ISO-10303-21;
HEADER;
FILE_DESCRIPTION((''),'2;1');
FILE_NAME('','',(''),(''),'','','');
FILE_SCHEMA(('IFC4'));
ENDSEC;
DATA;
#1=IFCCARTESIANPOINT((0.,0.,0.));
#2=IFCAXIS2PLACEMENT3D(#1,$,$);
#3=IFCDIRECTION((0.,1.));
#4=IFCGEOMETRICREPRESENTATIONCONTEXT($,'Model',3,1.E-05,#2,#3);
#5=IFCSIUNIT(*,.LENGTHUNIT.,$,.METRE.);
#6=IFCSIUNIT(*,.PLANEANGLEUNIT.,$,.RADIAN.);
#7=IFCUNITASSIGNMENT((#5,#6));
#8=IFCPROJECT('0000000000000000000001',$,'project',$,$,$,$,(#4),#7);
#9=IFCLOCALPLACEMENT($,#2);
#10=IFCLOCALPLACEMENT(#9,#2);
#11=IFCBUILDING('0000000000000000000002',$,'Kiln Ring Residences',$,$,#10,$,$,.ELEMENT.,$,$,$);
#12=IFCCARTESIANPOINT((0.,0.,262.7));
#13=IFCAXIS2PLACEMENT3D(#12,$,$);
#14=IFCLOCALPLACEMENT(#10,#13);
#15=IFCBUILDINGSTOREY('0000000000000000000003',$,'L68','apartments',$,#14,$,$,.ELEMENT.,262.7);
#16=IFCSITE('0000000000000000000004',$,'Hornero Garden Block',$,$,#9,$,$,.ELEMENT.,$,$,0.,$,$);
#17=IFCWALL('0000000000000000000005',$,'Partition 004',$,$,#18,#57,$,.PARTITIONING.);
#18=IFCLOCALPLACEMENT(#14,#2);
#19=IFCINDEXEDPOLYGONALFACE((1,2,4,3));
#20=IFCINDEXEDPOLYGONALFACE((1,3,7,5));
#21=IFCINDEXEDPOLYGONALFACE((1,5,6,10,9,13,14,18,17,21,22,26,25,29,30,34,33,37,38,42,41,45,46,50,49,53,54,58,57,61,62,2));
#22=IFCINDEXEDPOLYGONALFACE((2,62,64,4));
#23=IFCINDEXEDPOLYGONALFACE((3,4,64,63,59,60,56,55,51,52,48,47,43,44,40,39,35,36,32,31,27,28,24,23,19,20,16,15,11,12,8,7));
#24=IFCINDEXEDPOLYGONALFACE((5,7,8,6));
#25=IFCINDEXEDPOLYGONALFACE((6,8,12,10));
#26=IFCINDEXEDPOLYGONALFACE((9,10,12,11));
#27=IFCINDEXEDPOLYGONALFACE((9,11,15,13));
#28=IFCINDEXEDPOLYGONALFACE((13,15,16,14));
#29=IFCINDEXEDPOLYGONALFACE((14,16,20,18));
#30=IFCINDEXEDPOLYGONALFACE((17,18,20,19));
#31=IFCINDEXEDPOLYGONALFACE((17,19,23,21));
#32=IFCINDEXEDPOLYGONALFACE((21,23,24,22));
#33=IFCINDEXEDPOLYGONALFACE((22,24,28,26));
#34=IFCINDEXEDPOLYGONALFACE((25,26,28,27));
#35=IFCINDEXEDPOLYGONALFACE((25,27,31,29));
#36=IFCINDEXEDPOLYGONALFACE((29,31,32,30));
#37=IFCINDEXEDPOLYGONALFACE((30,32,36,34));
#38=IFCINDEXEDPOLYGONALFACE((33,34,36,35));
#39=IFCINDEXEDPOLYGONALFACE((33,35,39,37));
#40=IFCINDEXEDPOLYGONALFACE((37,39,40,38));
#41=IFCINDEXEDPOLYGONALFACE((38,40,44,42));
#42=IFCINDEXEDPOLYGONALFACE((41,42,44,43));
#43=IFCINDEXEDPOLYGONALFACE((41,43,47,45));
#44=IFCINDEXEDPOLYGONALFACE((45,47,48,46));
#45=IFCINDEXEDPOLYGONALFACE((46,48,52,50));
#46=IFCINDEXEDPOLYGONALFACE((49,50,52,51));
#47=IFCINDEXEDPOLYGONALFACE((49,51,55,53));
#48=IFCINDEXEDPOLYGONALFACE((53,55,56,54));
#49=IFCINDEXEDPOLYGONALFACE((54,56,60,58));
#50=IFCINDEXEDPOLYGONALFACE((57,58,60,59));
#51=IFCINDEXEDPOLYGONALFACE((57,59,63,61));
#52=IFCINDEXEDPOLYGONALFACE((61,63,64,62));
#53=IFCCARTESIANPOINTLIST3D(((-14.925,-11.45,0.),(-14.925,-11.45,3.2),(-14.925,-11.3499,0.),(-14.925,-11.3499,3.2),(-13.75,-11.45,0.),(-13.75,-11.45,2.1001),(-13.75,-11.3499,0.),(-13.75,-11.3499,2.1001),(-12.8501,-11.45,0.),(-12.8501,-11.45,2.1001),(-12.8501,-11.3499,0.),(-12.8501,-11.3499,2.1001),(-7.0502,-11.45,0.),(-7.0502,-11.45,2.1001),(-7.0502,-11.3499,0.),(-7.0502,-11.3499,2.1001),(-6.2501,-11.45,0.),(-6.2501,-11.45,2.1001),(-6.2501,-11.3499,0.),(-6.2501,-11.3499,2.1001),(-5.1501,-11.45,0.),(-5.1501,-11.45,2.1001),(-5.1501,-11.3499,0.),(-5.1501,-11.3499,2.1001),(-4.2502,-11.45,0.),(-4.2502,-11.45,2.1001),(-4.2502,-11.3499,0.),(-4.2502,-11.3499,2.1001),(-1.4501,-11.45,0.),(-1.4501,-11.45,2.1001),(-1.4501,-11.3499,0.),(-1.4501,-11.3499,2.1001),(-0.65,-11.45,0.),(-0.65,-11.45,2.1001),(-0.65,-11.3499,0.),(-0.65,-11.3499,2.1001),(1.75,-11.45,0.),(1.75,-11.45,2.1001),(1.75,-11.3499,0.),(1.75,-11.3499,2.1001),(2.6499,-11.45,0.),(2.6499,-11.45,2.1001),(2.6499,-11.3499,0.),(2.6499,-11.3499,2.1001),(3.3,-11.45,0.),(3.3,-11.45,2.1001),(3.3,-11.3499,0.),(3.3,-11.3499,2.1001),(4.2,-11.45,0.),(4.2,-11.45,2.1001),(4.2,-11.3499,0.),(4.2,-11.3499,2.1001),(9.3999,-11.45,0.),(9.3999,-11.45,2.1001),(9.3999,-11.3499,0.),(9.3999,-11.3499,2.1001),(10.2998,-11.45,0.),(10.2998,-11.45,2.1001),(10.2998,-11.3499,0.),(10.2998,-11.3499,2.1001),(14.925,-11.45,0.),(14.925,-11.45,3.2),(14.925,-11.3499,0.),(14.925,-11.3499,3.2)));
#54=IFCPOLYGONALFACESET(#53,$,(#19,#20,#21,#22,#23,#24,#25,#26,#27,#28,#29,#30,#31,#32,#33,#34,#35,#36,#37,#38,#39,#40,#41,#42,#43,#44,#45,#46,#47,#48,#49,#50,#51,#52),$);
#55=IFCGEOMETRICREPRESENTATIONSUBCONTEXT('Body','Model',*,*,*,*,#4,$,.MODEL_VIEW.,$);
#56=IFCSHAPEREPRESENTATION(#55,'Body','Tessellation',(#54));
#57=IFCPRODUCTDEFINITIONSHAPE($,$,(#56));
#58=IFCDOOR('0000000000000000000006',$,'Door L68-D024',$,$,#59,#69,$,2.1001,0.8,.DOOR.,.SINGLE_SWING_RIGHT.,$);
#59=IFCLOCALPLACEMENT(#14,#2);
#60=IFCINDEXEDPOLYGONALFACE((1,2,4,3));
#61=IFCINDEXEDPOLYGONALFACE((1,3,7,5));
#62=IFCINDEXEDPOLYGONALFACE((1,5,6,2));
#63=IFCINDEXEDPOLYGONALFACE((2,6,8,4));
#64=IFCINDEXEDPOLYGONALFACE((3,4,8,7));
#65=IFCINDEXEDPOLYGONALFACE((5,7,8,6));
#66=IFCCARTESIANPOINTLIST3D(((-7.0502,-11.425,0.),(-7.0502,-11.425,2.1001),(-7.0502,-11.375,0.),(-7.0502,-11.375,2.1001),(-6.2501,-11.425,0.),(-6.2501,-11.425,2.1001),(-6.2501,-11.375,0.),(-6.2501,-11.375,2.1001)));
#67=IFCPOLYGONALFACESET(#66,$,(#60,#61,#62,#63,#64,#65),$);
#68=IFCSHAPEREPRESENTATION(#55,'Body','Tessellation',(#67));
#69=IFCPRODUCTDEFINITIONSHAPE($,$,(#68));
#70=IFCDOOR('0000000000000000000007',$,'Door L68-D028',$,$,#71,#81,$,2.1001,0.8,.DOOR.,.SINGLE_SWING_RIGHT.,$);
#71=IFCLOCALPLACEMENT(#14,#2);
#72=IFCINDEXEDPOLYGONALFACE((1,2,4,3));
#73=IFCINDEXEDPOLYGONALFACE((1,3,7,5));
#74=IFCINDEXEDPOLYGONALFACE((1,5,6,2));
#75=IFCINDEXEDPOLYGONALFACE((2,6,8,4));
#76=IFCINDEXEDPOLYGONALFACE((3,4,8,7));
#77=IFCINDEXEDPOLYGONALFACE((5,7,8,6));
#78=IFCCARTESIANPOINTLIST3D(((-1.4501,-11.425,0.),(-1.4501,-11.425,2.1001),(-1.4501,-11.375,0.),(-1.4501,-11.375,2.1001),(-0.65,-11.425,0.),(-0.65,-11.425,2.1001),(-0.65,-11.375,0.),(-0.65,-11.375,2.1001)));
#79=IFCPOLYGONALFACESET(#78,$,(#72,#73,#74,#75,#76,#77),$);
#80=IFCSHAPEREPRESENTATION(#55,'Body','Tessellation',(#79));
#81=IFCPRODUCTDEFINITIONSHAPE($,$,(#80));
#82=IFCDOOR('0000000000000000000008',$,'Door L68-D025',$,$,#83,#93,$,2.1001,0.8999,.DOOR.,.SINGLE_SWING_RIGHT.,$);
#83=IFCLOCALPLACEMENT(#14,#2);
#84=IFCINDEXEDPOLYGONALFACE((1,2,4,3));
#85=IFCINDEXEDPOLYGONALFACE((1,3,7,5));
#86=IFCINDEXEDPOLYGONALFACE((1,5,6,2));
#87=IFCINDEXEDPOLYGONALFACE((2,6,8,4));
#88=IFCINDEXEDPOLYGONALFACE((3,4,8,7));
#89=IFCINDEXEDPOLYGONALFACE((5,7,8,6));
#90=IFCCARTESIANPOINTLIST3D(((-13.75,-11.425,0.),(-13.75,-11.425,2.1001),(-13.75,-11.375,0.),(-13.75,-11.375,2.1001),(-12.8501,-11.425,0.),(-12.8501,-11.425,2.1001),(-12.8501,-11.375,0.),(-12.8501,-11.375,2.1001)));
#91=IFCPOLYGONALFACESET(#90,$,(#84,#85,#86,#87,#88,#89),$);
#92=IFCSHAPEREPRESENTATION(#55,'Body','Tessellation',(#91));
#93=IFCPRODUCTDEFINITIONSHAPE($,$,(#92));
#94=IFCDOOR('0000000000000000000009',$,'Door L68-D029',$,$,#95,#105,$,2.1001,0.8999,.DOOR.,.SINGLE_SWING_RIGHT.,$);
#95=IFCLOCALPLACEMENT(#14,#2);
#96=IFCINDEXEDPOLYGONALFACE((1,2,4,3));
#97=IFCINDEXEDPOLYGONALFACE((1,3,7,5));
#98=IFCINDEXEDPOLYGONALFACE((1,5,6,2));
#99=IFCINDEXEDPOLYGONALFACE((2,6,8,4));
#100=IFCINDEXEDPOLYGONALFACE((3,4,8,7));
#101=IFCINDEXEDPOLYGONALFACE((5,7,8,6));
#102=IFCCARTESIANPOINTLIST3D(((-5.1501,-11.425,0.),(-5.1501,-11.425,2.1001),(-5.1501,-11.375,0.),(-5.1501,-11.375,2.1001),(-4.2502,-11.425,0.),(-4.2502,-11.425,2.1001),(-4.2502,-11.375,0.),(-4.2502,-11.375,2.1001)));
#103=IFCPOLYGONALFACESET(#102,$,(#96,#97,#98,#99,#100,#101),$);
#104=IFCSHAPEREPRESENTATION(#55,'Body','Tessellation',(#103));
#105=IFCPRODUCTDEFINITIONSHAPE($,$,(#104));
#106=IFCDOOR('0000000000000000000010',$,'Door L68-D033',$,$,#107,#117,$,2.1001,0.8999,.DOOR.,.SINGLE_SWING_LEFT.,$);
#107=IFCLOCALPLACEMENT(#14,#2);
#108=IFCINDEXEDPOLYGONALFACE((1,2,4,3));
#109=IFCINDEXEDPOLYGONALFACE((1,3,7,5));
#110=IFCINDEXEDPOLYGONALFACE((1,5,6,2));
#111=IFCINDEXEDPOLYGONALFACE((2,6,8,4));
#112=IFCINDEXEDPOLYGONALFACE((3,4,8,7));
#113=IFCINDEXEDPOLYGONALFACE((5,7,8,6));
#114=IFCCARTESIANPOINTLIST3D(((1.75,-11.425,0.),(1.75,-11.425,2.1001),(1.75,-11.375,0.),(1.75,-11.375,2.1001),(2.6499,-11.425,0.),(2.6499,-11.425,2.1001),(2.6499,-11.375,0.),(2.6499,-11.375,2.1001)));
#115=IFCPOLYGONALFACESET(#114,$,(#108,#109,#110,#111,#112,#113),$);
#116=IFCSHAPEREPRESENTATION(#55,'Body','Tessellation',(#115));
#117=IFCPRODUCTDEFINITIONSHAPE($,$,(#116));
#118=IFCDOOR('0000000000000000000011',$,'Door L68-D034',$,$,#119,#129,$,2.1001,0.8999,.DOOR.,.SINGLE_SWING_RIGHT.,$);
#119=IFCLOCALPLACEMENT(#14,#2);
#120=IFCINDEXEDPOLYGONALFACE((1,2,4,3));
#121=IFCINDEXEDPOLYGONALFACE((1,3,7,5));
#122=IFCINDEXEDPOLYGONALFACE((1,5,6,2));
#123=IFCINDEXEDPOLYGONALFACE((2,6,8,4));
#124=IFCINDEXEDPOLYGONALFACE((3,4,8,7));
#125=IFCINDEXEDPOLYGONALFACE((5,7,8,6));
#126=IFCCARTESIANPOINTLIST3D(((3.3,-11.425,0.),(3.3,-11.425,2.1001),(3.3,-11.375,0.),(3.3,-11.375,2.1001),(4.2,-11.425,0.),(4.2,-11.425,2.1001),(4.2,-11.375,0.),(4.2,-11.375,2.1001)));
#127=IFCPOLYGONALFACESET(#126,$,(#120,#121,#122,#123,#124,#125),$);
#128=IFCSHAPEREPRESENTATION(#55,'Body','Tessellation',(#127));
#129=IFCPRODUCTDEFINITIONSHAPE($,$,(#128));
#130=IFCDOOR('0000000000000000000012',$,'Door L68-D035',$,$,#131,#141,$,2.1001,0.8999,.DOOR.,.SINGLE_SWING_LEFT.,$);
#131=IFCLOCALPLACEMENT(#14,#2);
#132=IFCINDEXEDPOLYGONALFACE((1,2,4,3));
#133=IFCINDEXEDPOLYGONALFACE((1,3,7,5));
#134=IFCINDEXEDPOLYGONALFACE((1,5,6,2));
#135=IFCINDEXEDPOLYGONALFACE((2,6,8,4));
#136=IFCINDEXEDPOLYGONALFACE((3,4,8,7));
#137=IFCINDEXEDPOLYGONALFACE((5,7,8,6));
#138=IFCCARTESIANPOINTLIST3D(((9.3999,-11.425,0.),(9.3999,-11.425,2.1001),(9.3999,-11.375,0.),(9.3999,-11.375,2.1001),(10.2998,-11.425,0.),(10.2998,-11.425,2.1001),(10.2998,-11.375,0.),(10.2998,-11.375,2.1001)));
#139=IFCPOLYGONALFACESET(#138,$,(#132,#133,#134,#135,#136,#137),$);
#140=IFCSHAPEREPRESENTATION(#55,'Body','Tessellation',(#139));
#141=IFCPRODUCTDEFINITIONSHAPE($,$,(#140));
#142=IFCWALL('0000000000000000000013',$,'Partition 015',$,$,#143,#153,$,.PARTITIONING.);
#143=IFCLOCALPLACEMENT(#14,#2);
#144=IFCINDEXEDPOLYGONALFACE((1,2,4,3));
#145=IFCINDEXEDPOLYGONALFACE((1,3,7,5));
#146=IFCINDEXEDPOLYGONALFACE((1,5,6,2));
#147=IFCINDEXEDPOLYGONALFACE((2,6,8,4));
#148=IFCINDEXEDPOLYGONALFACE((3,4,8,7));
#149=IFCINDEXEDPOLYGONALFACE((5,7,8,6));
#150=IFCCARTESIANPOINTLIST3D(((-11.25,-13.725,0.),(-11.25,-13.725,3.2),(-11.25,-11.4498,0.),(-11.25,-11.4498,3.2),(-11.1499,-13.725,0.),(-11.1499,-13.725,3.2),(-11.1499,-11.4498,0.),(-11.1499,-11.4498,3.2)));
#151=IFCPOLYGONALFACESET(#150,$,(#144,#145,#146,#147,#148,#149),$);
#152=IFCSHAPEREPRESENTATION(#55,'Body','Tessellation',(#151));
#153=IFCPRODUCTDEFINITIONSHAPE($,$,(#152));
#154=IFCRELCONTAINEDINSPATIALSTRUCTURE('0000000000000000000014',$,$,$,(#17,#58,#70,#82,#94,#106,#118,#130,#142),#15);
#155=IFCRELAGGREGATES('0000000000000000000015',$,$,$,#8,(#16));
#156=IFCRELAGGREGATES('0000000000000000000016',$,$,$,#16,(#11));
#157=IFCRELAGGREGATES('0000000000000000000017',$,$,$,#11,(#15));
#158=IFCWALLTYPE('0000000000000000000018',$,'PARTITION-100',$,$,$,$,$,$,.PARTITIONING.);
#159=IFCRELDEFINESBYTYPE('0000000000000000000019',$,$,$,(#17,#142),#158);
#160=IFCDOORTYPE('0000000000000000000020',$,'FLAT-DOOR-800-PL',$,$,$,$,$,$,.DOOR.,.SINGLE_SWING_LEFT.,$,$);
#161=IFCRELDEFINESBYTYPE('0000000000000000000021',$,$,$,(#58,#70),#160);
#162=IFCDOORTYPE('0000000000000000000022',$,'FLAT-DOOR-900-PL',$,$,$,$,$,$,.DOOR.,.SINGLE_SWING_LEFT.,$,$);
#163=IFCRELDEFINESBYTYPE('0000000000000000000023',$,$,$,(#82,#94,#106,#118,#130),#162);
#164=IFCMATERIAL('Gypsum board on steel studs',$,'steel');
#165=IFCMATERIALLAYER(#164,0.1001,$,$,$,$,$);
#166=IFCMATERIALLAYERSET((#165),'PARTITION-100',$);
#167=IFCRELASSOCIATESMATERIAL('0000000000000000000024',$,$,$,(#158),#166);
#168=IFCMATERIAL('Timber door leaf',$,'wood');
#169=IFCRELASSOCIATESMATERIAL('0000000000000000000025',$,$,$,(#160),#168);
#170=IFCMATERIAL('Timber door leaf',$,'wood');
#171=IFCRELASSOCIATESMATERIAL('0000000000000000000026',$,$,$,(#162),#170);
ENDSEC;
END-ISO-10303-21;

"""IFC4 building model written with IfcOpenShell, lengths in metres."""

from ifc_helpers import new_model, si_unit, direction, frame, frame_2d, origin, place, context, subcontext, project, spatial, rectangle, extrude, material, layer, layer_set, type_object, element, fill, save


model = new_model("IFC4")

# Units and contexts
model_context = context("Model", 3, precision=1e-05, world=origin(), true_north=direction((0.0, 1.0)))
body_context = subcontext(model_context, "Body", "Model", "MODEL_VIEW")
ifc_project = project(units=[si_unit("LENGTHUNIT", "METRE"), si_unit("PLANEANGLEUNIT", "RADIAN")], contexts=[model_context])

# Site, building, storey
site_placement = place(None, origin())
site = spatial("IfcSite", under=ifc_project, at=site_placement, Name="Hornero Garden Block", CompositionType="ELEMENT", RefElevation=0.0)
building_placement = place(site_placement, origin())
building = spatial("IfcBuilding", under=site, at=building_placement, Name="Kiln Ring Residences", CompositionType="ELEMENT")
storey_placement = place(building_placement, frame((0.0, 0.0, 262.7)))
storey = spatial("IfcBuildingStorey", under=building, at=storey_placement, Name="L68", Description="apartments", CompositionType="ELEMENT", Elevation=262.7)

# Wall, openings, doors
ifc_material_1 = material(Name="Gypsum board on steel studs", Category="steel")
ifc_layer_1 = layer(ifc_material_1, 0.1001)
ifc_layer_set_1 = layer_set([ifc_layer_1], Name="PARTITION-100")
wall_type_1 = type_object("IfcWallType", Name="PARTITION-100", PredefinedType="PARTITIONING", material=ifc_layer_set_1)
wall_1_placement = place(storey_placement, frame((-14.925, -11.3999, 0.0), z_axis=(0.0, 0.0, 1.0), x_axis=(1.0, 0.0, 0.0)))
wall_1 = element("IfcWall", 1, at=wall_1_placement, inside=storey, type_object=wall_type_1, Name="Partition 004", PredefinedType="PARTITIONING", context=body_context, shape_type="SweptSolid", body=[
    extrude(rectangle(XDim=29.8501, YDim=0.1001, at=frame_2d((14.925, 0.0))), origin(), (0.0, 0.0, 1.0), 3.2),
])
opening_1_placement = place(wall_1_placement, frame((7.875, 0.0, 0.0)))
opening_1 = element("IfcOpeningElement", 2, at=opening_1_placement, cuts=wall_1, PredefinedType="OPENING", context=body_context, shape_type="SweptSolid", body=[
    extrude(rectangle(XDim=0.8, YDim=2.1001, at=frame_2d((0.3999, 1.05))), frame((0.0, 0.0601, 0.0), z_axis=(0.0, -1.0, 0.0), x_axis=(1.0, 0.0, 0.0)), (0.0, 0.0, 1.0), 0.1201),
])
opening_2_placement = place(wall_1_placement, frame((1.175, 0.0, 0.0)))
opening_2 = element("IfcOpeningElement", 3, at=opening_2_placement, cuts=wall_1, PredefinedType="OPENING", context=body_context, shape_type="SweptSolid", body=[
    extrude(rectangle(XDim=0.8999, YDim=2.1001, at=frame_2d((0.45, 1.05))), frame((0.0, 0.0601, 0.0), z_axis=(0.0, -1.0, 0.0), x_axis=(1.0, 0.0, 0.0)), (0.0, 0.0, 1.0), 0.1201),
])
opening_3_placement = place(wall_1_placement, frame((13.4751, 0.0, 0.0)))
opening_3 = element("IfcOpeningElement", 4, at=opening_3_placement, cuts=wall_1, PredefinedType="OPENING", context=body_context, shape_type="SweptSolid", body=[
    extrude(rectangle(XDim=0.8, YDim=2.1001, at=frame_2d((0.3999, 1.05))), frame((0.0, 0.0601, 0.0), z_axis=(0.0, -1.0, 0.0), x_axis=(1.0, 0.0, 0.0)), (0.0, 0.0, 1.0), 0.1201),
])
opening_4_placement = place(wall_1_placement, frame((9.7749, 0.0, 0.0)))
opening_4 = element("IfcOpeningElement", 5, at=opening_4_placement, cuts=wall_1, PredefinedType="OPENING", context=body_context, shape_type="SweptSolid", body=[
    extrude(rectangle(XDim=0.8999, YDim=2.1001, at=frame_2d((0.45, 1.05))), frame((0.0, 0.0601, 0.0), z_axis=(0.0, -1.0, 0.0), x_axis=(1.0, 0.0, 0.0)), (0.0, 0.0, 1.0), 0.1201),
])
opening_5_placement = place(wall_1_placement, frame((16.675, 0.0, 0.0)))
opening_5 = element("IfcOpeningElement", 6, at=opening_5_placement, cuts=wall_1, PredefinedType="OPENING", context=body_context, shape_type="SweptSolid", body=[
    extrude(rectangle(XDim=0.8999, YDim=2.1001, at=frame_2d((0.45, 1.05))), frame((0.0, 0.0601, 0.0), z_axis=(0.0, -1.0, 0.0), x_axis=(1.0, 0.0, 0.0)), (0.0, 0.0, 1.0), 0.1201),
])
opening_6_placement = place(wall_1_placement, frame((18.2251, 0.0, 0.0)))
opening_6 = element("IfcOpeningElement", 7, at=opening_6_placement, cuts=wall_1, PredefinedType="OPENING", context=body_context, shape_type="SweptSolid", body=[
    extrude(rectangle(XDim=0.8999, YDim=2.1001, at=frame_2d((0.45, 1.05))), frame((0.0, 0.0601, 0.0), z_axis=(0.0, -1.0, 0.0), x_axis=(1.0, 0.0, 0.0)), (0.0, 0.0, 1.0), 0.1201),
])
opening_7_placement = place(wall_1_placement, frame((24.325, 0.0, 0.0)))
opening_7 = element("IfcOpeningElement", 8, at=opening_7_placement, cuts=wall_1, PredefinedType="OPENING", context=body_context, shape_type="SweptSolid", body=[
    extrude(rectangle(XDim=0.8999, YDim=2.1001, at=frame_2d((0.45, 1.05))), frame((0.0, 0.0601, 0.0), z_axis=(0.0, -1.0, 0.0), x_axis=(1.0, 0.0, 0.0)), (0.0, 0.0, 1.0), 0.1201),
])
ifc_material_2 = material(Name="Timber door leaf", Category="wood")
door_type_1 = type_object("IfcDoorType", Name="FLAT-DOOR-800-PL", OperationType="SINGLE_SWING_LEFT", PredefinedType="DOOR", material=ifc_material_2)
door_1_placement = place(opening_1_placement, origin())
door_1 = element("IfcDoor", 9, at=door_1_placement, inside=storey, type_object=door_type_1, Name="Door L68-D024", OperationType="SINGLE_SWING_RIGHT", OverallHeight=2.1001, OverallWidth=0.8, PredefinedType="DOOR", context=body_context, shape_type="SweptSolid", body=[
    extrude(rectangle(XDim=0.8, YDim=2.1001, at=frame_2d((0.3999, 1.05))), frame((0.0, 0.0249, 0.0), z_axis=(0.0, -1.0, 0.0), x_axis=(1.0, 0.0, 0.0)), (0.0, 0.0, 1.0), 0.05),
])
fill(opening_1, door_1)
door_2_placement = place(opening_3_placement, origin())
door_2 = element("IfcDoor", 10, at=door_2_placement, inside=storey, type_object=door_type_1, Name="Door L68-D028", OperationType="SINGLE_SWING_RIGHT", OverallHeight=2.1001, OverallWidth=0.8, PredefinedType="DOOR", context=body_context, shape_type="SweptSolid", body=[
    extrude(rectangle(XDim=0.8, YDim=2.1001, at=frame_2d((0.3999, 1.05))), frame((0.0, 0.0249, 0.0), z_axis=(0.0, -1.0, 0.0), x_axis=(1.0, 0.0, 0.0)), (0.0, 0.0, 1.0), 0.05),
])
fill(opening_3, door_2)
ifc_material_3 = material(Name="Timber door leaf", Category="wood")
door_type_2 = type_object("IfcDoorType", Name="FLAT-DOOR-900-PL", OperationType="SINGLE_SWING_LEFT", PredefinedType="DOOR", material=ifc_material_3)
door_3_placement = place(opening_2_placement, origin())
door_3 = element("IfcDoor", 11, at=door_3_placement, inside=storey, type_object=door_type_2, Name="Door L68-D025", OperationType="SINGLE_SWING_RIGHT", OverallHeight=2.1001, OverallWidth=0.8999, PredefinedType="DOOR", context=body_context, shape_type="SweptSolid", body=[
    extrude(rectangle(XDim=0.8999, YDim=2.1001, at=frame_2d((0.45, 1.05))), frame((0.0, 0.0249, 0.0), z_axis=(0.0, -1.0, 0.0), x_axis=(1.0, 0.0, 0.0)), (0.0, 0.0, 1.0), 0.05),
])
fill(opening_2, door_3)
door_4_placement = place(opening_4_placement, origin())
door_4 = element("IfcDoor", 12, at=door_4_placement, inside=storey, type_object=door_type_2, Name="Door L68-D029", OperationType="SINGLE_SWING_RIGHT", OverallHeight=2.1001, OverallWidth=0.8999, PredefinedType="DOOR", context=body_context, shape_type="SweptSolid", body=[
    extrude(rectangle(XDim=0.8999, YDim=2.1001, at=frame_2d((0.45, 1.05))), frame((0.0, 0.0249, 0.0), z_axis=(0.0, -1.0, 0.0), x_axis=(1.0, 0.0, 0.0)), (0.0, 0.0, 1.0), 0.05),
])
fill(opening_4, door_4)
door_5_placement = place(opening_5_placement, origin())
door_5 = element("IfcDoor", 13, at=door_5_placement, inside=storey, type_object=door_type_2, Name="Door L68-D033", OperationType="SINGLE_SWING_LEFT", OverallHeight=2.1001, OverallWidth=0.8999, PredefinedType="DOOR", context=body_context, shape_type="SweptSolid", body=[
    extrude(rectangle(XDim=0.8999, YDim=2.1001, at=frame_2d((0.45, 1.05))), frame((0.0, 0.0249, 0.0), z_axis=(0.0, -1.0, 0.0), x_axis=(1.0, 0.0, 0.0)), (0.0, 0.0, 1.0), 0.05),
])
fill(opening_5, door_5)
door_6_placement = place(opening_6_placement, origin())
door_6 = element("IfcDoor", 14, at=door_6_placement, inside=storey, type_object=door_type_2, Name="Door L68-D034", OperationType="SINGLE_SWING_RIGHT", OverallHeight=2.1001, OverallWidth=0.8999, PredefinedType="DOOR", context=body_context, shape_type="SweptSolid", body=[
    extrude(rectangle(XDim=0.8999, YDim=2.1001, at=frame_2d((0.45, 1.05))), frame((0.0, 0.0249, 0.0), z_axis=(0.0, -1.0, 0.0), x_axis=(1.0, 0.0, 0.0)), (0.0, 0.0, 1.0), 0.05),
])
fill(opening_6, door_6)
door_7_placement = place(opening_7_placement, origin())
door_7 = element("IfcDoor", 15, at=door_7_placement, inside=storey, type_object=door_type_2, Name="Door L68-D035", OperationType="SINGLE_SWING_LEFT", OverallHeight=2.1001, OverallWidth=0.8999, PredefinedType="DOOR", context=body_context, shape_type="SweptSolid", body=[
    extrude(rectangle(XDim=0.8999, YDim=2.1001, at=frame_2d((0.45, 1.05))), frame((0.0, 0.0249, 0.0), z_axis=(0.0, -1.0, 0.0), x_axis=(1.0, 0.0, 0.0)), (0.0, 0.0, 1.0), 0.05),
])
fill(opening_7, door_7)

# Wall
wall_2_placement = place(storey_placement, frame((-11.2, -13.7251, 0.0), z_axis=(0.0, 0.0, 1.0), x_axis=(0.0, 1.0, 0.0)))
element("IfcWall", 16, at=wall_2_placement, inside=storey, type_object=wall_type_1, Name="Partition 015", PredefinedType="PARTITIONING", context=body_context, shape_type="SweptSolid", body=[
    extrude(rectangle(XDim=2.2751, YDim=0.1001, at=frame_2d((1.1377, 0.0))), origin(), (0.0, 0.0, 1.0), 3.2),
])

save(model, "model.ifc")
